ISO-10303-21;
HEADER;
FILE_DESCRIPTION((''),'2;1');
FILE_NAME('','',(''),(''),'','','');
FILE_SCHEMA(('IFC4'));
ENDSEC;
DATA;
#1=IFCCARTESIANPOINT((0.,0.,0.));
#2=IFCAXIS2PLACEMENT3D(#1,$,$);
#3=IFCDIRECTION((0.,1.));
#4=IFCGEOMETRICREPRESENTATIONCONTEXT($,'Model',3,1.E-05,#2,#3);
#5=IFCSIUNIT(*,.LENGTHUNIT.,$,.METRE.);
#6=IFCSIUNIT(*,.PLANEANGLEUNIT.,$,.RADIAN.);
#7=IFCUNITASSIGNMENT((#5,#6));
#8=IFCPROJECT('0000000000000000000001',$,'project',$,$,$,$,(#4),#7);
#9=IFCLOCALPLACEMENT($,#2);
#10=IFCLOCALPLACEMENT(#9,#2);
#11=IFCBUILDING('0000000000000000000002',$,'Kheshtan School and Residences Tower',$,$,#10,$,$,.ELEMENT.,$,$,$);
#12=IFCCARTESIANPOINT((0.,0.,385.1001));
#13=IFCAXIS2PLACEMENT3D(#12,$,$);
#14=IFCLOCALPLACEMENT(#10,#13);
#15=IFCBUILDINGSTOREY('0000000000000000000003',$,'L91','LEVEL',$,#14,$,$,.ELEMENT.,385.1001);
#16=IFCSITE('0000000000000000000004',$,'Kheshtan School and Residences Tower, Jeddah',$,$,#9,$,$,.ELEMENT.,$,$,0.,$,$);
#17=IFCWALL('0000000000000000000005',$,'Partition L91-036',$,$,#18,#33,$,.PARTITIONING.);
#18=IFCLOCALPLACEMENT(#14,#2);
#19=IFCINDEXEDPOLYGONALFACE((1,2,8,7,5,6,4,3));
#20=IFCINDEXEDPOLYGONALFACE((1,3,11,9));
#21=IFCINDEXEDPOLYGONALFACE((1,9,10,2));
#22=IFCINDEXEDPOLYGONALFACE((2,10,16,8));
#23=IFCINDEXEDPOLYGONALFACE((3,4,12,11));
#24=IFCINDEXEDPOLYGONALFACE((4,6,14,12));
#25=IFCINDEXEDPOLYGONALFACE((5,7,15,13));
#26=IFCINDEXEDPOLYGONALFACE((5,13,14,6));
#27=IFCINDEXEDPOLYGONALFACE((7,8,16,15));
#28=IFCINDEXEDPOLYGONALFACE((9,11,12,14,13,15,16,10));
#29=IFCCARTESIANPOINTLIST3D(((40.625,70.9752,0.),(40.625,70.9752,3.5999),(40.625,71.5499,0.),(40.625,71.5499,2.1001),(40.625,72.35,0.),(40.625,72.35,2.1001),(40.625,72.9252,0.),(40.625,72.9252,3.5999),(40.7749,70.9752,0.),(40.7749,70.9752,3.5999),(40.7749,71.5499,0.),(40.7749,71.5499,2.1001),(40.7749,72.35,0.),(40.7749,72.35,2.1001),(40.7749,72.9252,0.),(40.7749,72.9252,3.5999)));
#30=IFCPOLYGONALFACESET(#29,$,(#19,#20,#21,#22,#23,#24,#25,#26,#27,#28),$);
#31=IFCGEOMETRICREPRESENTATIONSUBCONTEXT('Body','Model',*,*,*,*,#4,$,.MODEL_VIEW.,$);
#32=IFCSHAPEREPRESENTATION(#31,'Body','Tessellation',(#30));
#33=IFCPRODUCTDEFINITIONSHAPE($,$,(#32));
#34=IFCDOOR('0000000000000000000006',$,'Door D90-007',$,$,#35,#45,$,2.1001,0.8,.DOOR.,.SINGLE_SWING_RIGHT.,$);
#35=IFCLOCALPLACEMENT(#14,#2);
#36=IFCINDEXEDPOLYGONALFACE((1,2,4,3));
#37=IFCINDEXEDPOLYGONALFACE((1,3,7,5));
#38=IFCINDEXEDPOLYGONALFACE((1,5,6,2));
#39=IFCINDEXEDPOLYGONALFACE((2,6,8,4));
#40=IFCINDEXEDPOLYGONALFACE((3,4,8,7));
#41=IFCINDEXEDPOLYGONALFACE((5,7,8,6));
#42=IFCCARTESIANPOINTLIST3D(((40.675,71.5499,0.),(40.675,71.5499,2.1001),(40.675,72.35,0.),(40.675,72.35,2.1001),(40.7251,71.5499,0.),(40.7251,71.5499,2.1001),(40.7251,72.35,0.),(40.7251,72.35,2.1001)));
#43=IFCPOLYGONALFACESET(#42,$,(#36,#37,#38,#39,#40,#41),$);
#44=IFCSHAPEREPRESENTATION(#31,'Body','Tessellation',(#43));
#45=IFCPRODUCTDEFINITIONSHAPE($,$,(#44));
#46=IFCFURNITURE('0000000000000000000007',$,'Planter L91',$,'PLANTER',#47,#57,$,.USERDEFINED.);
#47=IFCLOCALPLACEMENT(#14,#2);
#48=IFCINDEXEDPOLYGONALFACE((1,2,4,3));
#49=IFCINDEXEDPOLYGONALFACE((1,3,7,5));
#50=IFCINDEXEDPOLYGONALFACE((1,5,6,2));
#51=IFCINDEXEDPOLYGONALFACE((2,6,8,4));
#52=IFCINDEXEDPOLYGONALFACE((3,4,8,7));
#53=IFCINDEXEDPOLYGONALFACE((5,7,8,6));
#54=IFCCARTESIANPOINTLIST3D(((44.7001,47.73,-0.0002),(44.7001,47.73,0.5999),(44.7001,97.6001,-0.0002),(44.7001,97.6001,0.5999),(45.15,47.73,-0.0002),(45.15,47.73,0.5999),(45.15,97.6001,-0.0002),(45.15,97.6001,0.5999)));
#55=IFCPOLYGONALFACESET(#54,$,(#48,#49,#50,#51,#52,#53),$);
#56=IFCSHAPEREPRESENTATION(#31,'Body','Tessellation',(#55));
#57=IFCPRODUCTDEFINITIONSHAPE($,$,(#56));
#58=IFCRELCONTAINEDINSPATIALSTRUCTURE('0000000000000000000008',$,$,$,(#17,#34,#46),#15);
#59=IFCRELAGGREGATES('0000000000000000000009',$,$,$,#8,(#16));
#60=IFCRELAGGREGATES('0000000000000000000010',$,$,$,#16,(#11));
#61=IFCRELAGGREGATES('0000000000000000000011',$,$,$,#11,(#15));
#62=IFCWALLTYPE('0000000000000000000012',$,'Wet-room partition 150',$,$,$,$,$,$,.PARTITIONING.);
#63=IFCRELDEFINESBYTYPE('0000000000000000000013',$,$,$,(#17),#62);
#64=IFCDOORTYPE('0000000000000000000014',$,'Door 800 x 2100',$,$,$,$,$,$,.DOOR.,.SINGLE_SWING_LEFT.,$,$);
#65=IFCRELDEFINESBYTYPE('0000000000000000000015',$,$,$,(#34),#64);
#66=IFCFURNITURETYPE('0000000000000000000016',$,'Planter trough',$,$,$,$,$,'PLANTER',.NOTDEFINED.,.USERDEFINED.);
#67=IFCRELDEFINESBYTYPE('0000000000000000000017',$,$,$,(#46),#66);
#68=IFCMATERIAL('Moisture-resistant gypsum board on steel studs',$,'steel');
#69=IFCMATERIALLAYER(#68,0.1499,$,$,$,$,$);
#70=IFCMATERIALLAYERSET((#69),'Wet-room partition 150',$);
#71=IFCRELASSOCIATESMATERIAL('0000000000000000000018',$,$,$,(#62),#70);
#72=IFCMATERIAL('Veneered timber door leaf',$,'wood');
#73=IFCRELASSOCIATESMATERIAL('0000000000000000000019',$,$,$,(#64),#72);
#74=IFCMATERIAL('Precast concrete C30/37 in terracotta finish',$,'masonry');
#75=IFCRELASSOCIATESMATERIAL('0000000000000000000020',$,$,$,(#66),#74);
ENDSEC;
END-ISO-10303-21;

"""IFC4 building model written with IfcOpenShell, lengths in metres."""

from ifc_helpers import new_model, si_unit, direction, frame, frame_2d, origin, origin_2d, place, context, subcontext, project, spatial, rectangle, extrude, source, transform, mapped, material, layer, layer_set, type_object, element, fill, save


model = new_model("IFC4")

# Units and contexts
model_context = context("Model", 3, precision=1e-05, world=origin(), true_north=direction((0.0, 1.0)))
body_context = subcontext(model_context, "Body", "Model", "MODEL_VIEW")
ifc_project = project(units=[si_unit("LENGTHUNIT", "METRE"), si_unit("PLANEANGLEUNIT", "RADIAN")], contexts=[model_context])

# Site, building, storey
site_placement = place(None, origin())
site = spatial("IfcSite", under=ifc_project, at=site_placement, Name="Kheshtan School and Residences Tower, Jeddah", CompositionType="ELEMENT", RefElevation=0.0)
building_placement = place(site_placement, origin())
building = spatial("IfcBuilding", under=site, at=building_placement, Name="Kheshtan School and Residences Tower", CompositionType="ELEMENT")
storey_placement = place(building_placement, frame((0.0, 0.0, 385.1001)))
storey = spatial("IfcBuildingStorey", under=building, at=storey_placement, Name="L91", Description="LEVEL", CompositionType="ELEMENT", Elevation=385.1001)

# Shared definitions
ifc_material_1 = material(Name="Veneered timber door leaf", Category="wood")

# Shared definitions
ifc_material_2 = material(Name="Moisture-resistant gypsum board on steel studs", Category="steel")
ifc_layer_1 = layer(ifc_material_2, 0.1499)
ifc_layer_set_1 = layer_set([ifc_layer_1], Name="Wet-room partition 150")
wall_type_1 = type_object("IfcWallType", Name="Wet-room partition 150", PredefinedType="PARTITIONING", material=ifc_layer_set_1)

# Wall, opening, door
wall_1_placement = place(storey_placement, frame((40.7, 70.9751, 0.0), z_axis=(0.0, 0.0, 1.0), x_axis=(0.0, 1.0, 0.0)))
wall_1 = element("IfcWall", 1, at=wall_1_placement, inside=storey, type_object=wall_type_1, Name="Partition L91-036", PredefinedType="PARTITIONING", context=body_context, shape_type="SweptSolid", body=[
    extrude(rectangle(XDim=1.95, YDim=0.1499, at=frame_2d((0.9751, 0.0))), origin(), (0.0, 0.0, 1.0), 3.5999),
])
opening_1_placement = place(wall_1_placement, frame((0.575, 0.0, 0.0)))
opening_1 = element("IfcOpeningElement", 2, at=opening_1_placement, cuts=wall_1, PredefinedType="OPENING", context=body_context, shape_type="SweptSolid", body=[
    extrude(rectangle(XDim=0.8, YDim=2.1001, at=frame_2d((0.3999, 1.05))), frame((0.0, 0.085, 0.0), z_axis=(0.0, -1.0, 0.0), x_axis=(1.0, 0.0, 0.0)), (0.0, 0.0, 1.0), 0.1699),
])
door_type_1 = type_object("IfcDoorType", Name="Door 800 x 2100", OperationType="SINGLE_SWING_LEFT", PredefinedType="DOOR", material=ifc_material_1)
shared_shape_1 = source(origin(), body_context, "Body", "SweptSolid", [
    extrude(rectangle(XDim=0.8, YDim=2.1001, at=frame_2d((0.3999, 1.05))), frame((0.0, 0.0249, 0.0), z_axis=(0.0, -1.0, 0.0), x_axis=(1.0, 0.0, 0.0)), (0.0, 0.0, 1.0), 0.05),
])
door_1_placement = place(opening_1_placement, origin())
door_1 = element("IfcDoor", 3, at=door_1_placement, inside=storey, type_object=door_type_1, Name="Door D90-007", OperationType="SINGLE_SWING_RIGHT", OverallHeight=2.1001, OverallWidth=0.8, PredefinedType="DOOR", context=body_context, shape_type="MappedRepresentation", body=[
    mapped(shared_shape_1, transform((0.0, 0.0, 0.0), x_axis=(1.0, 0.0, 0.0), y_axis=(0.0, 1.0, 0.0), z_axis=(0.0, 0.0, 1.0), scale=1.0)),
])
fill(opening_1, door_1)

# Furniture
ifc_material_3 = material(Name="Precast concrete C30/37 in terracotta finish", Category="masonry")
furniture_type = type_object("IfcFurnitureType", Name="Planter trough", ElementType="PLANTER", AssemblyPlace="NOTDEFINED", PredefinedType="USERDEFINED", material=ifc_material_3)
furniture_placement = place(storey_placement, frame((44.925, 72.665, -0.0002), z_axis=(0.0, 0.0, 1.0), x_axis=(0.0, -1.0, 0.0)))
element("IfcFurniture", 4, at=furniture_placement, inside=storey, type_object=furniture_type, Name="Planter L91", ObjectType="PLANTER", PredefinedType="USERDEFINED", context=body_context, shape_type="SweptSolid", body=[
    extrude(rectangle(XDim=49.8701, YDim=0.45, at=origin_2d()), origin(), (0.0, 0.0, 1.0), 0.6001),
])

save(model, "model.ifc")
